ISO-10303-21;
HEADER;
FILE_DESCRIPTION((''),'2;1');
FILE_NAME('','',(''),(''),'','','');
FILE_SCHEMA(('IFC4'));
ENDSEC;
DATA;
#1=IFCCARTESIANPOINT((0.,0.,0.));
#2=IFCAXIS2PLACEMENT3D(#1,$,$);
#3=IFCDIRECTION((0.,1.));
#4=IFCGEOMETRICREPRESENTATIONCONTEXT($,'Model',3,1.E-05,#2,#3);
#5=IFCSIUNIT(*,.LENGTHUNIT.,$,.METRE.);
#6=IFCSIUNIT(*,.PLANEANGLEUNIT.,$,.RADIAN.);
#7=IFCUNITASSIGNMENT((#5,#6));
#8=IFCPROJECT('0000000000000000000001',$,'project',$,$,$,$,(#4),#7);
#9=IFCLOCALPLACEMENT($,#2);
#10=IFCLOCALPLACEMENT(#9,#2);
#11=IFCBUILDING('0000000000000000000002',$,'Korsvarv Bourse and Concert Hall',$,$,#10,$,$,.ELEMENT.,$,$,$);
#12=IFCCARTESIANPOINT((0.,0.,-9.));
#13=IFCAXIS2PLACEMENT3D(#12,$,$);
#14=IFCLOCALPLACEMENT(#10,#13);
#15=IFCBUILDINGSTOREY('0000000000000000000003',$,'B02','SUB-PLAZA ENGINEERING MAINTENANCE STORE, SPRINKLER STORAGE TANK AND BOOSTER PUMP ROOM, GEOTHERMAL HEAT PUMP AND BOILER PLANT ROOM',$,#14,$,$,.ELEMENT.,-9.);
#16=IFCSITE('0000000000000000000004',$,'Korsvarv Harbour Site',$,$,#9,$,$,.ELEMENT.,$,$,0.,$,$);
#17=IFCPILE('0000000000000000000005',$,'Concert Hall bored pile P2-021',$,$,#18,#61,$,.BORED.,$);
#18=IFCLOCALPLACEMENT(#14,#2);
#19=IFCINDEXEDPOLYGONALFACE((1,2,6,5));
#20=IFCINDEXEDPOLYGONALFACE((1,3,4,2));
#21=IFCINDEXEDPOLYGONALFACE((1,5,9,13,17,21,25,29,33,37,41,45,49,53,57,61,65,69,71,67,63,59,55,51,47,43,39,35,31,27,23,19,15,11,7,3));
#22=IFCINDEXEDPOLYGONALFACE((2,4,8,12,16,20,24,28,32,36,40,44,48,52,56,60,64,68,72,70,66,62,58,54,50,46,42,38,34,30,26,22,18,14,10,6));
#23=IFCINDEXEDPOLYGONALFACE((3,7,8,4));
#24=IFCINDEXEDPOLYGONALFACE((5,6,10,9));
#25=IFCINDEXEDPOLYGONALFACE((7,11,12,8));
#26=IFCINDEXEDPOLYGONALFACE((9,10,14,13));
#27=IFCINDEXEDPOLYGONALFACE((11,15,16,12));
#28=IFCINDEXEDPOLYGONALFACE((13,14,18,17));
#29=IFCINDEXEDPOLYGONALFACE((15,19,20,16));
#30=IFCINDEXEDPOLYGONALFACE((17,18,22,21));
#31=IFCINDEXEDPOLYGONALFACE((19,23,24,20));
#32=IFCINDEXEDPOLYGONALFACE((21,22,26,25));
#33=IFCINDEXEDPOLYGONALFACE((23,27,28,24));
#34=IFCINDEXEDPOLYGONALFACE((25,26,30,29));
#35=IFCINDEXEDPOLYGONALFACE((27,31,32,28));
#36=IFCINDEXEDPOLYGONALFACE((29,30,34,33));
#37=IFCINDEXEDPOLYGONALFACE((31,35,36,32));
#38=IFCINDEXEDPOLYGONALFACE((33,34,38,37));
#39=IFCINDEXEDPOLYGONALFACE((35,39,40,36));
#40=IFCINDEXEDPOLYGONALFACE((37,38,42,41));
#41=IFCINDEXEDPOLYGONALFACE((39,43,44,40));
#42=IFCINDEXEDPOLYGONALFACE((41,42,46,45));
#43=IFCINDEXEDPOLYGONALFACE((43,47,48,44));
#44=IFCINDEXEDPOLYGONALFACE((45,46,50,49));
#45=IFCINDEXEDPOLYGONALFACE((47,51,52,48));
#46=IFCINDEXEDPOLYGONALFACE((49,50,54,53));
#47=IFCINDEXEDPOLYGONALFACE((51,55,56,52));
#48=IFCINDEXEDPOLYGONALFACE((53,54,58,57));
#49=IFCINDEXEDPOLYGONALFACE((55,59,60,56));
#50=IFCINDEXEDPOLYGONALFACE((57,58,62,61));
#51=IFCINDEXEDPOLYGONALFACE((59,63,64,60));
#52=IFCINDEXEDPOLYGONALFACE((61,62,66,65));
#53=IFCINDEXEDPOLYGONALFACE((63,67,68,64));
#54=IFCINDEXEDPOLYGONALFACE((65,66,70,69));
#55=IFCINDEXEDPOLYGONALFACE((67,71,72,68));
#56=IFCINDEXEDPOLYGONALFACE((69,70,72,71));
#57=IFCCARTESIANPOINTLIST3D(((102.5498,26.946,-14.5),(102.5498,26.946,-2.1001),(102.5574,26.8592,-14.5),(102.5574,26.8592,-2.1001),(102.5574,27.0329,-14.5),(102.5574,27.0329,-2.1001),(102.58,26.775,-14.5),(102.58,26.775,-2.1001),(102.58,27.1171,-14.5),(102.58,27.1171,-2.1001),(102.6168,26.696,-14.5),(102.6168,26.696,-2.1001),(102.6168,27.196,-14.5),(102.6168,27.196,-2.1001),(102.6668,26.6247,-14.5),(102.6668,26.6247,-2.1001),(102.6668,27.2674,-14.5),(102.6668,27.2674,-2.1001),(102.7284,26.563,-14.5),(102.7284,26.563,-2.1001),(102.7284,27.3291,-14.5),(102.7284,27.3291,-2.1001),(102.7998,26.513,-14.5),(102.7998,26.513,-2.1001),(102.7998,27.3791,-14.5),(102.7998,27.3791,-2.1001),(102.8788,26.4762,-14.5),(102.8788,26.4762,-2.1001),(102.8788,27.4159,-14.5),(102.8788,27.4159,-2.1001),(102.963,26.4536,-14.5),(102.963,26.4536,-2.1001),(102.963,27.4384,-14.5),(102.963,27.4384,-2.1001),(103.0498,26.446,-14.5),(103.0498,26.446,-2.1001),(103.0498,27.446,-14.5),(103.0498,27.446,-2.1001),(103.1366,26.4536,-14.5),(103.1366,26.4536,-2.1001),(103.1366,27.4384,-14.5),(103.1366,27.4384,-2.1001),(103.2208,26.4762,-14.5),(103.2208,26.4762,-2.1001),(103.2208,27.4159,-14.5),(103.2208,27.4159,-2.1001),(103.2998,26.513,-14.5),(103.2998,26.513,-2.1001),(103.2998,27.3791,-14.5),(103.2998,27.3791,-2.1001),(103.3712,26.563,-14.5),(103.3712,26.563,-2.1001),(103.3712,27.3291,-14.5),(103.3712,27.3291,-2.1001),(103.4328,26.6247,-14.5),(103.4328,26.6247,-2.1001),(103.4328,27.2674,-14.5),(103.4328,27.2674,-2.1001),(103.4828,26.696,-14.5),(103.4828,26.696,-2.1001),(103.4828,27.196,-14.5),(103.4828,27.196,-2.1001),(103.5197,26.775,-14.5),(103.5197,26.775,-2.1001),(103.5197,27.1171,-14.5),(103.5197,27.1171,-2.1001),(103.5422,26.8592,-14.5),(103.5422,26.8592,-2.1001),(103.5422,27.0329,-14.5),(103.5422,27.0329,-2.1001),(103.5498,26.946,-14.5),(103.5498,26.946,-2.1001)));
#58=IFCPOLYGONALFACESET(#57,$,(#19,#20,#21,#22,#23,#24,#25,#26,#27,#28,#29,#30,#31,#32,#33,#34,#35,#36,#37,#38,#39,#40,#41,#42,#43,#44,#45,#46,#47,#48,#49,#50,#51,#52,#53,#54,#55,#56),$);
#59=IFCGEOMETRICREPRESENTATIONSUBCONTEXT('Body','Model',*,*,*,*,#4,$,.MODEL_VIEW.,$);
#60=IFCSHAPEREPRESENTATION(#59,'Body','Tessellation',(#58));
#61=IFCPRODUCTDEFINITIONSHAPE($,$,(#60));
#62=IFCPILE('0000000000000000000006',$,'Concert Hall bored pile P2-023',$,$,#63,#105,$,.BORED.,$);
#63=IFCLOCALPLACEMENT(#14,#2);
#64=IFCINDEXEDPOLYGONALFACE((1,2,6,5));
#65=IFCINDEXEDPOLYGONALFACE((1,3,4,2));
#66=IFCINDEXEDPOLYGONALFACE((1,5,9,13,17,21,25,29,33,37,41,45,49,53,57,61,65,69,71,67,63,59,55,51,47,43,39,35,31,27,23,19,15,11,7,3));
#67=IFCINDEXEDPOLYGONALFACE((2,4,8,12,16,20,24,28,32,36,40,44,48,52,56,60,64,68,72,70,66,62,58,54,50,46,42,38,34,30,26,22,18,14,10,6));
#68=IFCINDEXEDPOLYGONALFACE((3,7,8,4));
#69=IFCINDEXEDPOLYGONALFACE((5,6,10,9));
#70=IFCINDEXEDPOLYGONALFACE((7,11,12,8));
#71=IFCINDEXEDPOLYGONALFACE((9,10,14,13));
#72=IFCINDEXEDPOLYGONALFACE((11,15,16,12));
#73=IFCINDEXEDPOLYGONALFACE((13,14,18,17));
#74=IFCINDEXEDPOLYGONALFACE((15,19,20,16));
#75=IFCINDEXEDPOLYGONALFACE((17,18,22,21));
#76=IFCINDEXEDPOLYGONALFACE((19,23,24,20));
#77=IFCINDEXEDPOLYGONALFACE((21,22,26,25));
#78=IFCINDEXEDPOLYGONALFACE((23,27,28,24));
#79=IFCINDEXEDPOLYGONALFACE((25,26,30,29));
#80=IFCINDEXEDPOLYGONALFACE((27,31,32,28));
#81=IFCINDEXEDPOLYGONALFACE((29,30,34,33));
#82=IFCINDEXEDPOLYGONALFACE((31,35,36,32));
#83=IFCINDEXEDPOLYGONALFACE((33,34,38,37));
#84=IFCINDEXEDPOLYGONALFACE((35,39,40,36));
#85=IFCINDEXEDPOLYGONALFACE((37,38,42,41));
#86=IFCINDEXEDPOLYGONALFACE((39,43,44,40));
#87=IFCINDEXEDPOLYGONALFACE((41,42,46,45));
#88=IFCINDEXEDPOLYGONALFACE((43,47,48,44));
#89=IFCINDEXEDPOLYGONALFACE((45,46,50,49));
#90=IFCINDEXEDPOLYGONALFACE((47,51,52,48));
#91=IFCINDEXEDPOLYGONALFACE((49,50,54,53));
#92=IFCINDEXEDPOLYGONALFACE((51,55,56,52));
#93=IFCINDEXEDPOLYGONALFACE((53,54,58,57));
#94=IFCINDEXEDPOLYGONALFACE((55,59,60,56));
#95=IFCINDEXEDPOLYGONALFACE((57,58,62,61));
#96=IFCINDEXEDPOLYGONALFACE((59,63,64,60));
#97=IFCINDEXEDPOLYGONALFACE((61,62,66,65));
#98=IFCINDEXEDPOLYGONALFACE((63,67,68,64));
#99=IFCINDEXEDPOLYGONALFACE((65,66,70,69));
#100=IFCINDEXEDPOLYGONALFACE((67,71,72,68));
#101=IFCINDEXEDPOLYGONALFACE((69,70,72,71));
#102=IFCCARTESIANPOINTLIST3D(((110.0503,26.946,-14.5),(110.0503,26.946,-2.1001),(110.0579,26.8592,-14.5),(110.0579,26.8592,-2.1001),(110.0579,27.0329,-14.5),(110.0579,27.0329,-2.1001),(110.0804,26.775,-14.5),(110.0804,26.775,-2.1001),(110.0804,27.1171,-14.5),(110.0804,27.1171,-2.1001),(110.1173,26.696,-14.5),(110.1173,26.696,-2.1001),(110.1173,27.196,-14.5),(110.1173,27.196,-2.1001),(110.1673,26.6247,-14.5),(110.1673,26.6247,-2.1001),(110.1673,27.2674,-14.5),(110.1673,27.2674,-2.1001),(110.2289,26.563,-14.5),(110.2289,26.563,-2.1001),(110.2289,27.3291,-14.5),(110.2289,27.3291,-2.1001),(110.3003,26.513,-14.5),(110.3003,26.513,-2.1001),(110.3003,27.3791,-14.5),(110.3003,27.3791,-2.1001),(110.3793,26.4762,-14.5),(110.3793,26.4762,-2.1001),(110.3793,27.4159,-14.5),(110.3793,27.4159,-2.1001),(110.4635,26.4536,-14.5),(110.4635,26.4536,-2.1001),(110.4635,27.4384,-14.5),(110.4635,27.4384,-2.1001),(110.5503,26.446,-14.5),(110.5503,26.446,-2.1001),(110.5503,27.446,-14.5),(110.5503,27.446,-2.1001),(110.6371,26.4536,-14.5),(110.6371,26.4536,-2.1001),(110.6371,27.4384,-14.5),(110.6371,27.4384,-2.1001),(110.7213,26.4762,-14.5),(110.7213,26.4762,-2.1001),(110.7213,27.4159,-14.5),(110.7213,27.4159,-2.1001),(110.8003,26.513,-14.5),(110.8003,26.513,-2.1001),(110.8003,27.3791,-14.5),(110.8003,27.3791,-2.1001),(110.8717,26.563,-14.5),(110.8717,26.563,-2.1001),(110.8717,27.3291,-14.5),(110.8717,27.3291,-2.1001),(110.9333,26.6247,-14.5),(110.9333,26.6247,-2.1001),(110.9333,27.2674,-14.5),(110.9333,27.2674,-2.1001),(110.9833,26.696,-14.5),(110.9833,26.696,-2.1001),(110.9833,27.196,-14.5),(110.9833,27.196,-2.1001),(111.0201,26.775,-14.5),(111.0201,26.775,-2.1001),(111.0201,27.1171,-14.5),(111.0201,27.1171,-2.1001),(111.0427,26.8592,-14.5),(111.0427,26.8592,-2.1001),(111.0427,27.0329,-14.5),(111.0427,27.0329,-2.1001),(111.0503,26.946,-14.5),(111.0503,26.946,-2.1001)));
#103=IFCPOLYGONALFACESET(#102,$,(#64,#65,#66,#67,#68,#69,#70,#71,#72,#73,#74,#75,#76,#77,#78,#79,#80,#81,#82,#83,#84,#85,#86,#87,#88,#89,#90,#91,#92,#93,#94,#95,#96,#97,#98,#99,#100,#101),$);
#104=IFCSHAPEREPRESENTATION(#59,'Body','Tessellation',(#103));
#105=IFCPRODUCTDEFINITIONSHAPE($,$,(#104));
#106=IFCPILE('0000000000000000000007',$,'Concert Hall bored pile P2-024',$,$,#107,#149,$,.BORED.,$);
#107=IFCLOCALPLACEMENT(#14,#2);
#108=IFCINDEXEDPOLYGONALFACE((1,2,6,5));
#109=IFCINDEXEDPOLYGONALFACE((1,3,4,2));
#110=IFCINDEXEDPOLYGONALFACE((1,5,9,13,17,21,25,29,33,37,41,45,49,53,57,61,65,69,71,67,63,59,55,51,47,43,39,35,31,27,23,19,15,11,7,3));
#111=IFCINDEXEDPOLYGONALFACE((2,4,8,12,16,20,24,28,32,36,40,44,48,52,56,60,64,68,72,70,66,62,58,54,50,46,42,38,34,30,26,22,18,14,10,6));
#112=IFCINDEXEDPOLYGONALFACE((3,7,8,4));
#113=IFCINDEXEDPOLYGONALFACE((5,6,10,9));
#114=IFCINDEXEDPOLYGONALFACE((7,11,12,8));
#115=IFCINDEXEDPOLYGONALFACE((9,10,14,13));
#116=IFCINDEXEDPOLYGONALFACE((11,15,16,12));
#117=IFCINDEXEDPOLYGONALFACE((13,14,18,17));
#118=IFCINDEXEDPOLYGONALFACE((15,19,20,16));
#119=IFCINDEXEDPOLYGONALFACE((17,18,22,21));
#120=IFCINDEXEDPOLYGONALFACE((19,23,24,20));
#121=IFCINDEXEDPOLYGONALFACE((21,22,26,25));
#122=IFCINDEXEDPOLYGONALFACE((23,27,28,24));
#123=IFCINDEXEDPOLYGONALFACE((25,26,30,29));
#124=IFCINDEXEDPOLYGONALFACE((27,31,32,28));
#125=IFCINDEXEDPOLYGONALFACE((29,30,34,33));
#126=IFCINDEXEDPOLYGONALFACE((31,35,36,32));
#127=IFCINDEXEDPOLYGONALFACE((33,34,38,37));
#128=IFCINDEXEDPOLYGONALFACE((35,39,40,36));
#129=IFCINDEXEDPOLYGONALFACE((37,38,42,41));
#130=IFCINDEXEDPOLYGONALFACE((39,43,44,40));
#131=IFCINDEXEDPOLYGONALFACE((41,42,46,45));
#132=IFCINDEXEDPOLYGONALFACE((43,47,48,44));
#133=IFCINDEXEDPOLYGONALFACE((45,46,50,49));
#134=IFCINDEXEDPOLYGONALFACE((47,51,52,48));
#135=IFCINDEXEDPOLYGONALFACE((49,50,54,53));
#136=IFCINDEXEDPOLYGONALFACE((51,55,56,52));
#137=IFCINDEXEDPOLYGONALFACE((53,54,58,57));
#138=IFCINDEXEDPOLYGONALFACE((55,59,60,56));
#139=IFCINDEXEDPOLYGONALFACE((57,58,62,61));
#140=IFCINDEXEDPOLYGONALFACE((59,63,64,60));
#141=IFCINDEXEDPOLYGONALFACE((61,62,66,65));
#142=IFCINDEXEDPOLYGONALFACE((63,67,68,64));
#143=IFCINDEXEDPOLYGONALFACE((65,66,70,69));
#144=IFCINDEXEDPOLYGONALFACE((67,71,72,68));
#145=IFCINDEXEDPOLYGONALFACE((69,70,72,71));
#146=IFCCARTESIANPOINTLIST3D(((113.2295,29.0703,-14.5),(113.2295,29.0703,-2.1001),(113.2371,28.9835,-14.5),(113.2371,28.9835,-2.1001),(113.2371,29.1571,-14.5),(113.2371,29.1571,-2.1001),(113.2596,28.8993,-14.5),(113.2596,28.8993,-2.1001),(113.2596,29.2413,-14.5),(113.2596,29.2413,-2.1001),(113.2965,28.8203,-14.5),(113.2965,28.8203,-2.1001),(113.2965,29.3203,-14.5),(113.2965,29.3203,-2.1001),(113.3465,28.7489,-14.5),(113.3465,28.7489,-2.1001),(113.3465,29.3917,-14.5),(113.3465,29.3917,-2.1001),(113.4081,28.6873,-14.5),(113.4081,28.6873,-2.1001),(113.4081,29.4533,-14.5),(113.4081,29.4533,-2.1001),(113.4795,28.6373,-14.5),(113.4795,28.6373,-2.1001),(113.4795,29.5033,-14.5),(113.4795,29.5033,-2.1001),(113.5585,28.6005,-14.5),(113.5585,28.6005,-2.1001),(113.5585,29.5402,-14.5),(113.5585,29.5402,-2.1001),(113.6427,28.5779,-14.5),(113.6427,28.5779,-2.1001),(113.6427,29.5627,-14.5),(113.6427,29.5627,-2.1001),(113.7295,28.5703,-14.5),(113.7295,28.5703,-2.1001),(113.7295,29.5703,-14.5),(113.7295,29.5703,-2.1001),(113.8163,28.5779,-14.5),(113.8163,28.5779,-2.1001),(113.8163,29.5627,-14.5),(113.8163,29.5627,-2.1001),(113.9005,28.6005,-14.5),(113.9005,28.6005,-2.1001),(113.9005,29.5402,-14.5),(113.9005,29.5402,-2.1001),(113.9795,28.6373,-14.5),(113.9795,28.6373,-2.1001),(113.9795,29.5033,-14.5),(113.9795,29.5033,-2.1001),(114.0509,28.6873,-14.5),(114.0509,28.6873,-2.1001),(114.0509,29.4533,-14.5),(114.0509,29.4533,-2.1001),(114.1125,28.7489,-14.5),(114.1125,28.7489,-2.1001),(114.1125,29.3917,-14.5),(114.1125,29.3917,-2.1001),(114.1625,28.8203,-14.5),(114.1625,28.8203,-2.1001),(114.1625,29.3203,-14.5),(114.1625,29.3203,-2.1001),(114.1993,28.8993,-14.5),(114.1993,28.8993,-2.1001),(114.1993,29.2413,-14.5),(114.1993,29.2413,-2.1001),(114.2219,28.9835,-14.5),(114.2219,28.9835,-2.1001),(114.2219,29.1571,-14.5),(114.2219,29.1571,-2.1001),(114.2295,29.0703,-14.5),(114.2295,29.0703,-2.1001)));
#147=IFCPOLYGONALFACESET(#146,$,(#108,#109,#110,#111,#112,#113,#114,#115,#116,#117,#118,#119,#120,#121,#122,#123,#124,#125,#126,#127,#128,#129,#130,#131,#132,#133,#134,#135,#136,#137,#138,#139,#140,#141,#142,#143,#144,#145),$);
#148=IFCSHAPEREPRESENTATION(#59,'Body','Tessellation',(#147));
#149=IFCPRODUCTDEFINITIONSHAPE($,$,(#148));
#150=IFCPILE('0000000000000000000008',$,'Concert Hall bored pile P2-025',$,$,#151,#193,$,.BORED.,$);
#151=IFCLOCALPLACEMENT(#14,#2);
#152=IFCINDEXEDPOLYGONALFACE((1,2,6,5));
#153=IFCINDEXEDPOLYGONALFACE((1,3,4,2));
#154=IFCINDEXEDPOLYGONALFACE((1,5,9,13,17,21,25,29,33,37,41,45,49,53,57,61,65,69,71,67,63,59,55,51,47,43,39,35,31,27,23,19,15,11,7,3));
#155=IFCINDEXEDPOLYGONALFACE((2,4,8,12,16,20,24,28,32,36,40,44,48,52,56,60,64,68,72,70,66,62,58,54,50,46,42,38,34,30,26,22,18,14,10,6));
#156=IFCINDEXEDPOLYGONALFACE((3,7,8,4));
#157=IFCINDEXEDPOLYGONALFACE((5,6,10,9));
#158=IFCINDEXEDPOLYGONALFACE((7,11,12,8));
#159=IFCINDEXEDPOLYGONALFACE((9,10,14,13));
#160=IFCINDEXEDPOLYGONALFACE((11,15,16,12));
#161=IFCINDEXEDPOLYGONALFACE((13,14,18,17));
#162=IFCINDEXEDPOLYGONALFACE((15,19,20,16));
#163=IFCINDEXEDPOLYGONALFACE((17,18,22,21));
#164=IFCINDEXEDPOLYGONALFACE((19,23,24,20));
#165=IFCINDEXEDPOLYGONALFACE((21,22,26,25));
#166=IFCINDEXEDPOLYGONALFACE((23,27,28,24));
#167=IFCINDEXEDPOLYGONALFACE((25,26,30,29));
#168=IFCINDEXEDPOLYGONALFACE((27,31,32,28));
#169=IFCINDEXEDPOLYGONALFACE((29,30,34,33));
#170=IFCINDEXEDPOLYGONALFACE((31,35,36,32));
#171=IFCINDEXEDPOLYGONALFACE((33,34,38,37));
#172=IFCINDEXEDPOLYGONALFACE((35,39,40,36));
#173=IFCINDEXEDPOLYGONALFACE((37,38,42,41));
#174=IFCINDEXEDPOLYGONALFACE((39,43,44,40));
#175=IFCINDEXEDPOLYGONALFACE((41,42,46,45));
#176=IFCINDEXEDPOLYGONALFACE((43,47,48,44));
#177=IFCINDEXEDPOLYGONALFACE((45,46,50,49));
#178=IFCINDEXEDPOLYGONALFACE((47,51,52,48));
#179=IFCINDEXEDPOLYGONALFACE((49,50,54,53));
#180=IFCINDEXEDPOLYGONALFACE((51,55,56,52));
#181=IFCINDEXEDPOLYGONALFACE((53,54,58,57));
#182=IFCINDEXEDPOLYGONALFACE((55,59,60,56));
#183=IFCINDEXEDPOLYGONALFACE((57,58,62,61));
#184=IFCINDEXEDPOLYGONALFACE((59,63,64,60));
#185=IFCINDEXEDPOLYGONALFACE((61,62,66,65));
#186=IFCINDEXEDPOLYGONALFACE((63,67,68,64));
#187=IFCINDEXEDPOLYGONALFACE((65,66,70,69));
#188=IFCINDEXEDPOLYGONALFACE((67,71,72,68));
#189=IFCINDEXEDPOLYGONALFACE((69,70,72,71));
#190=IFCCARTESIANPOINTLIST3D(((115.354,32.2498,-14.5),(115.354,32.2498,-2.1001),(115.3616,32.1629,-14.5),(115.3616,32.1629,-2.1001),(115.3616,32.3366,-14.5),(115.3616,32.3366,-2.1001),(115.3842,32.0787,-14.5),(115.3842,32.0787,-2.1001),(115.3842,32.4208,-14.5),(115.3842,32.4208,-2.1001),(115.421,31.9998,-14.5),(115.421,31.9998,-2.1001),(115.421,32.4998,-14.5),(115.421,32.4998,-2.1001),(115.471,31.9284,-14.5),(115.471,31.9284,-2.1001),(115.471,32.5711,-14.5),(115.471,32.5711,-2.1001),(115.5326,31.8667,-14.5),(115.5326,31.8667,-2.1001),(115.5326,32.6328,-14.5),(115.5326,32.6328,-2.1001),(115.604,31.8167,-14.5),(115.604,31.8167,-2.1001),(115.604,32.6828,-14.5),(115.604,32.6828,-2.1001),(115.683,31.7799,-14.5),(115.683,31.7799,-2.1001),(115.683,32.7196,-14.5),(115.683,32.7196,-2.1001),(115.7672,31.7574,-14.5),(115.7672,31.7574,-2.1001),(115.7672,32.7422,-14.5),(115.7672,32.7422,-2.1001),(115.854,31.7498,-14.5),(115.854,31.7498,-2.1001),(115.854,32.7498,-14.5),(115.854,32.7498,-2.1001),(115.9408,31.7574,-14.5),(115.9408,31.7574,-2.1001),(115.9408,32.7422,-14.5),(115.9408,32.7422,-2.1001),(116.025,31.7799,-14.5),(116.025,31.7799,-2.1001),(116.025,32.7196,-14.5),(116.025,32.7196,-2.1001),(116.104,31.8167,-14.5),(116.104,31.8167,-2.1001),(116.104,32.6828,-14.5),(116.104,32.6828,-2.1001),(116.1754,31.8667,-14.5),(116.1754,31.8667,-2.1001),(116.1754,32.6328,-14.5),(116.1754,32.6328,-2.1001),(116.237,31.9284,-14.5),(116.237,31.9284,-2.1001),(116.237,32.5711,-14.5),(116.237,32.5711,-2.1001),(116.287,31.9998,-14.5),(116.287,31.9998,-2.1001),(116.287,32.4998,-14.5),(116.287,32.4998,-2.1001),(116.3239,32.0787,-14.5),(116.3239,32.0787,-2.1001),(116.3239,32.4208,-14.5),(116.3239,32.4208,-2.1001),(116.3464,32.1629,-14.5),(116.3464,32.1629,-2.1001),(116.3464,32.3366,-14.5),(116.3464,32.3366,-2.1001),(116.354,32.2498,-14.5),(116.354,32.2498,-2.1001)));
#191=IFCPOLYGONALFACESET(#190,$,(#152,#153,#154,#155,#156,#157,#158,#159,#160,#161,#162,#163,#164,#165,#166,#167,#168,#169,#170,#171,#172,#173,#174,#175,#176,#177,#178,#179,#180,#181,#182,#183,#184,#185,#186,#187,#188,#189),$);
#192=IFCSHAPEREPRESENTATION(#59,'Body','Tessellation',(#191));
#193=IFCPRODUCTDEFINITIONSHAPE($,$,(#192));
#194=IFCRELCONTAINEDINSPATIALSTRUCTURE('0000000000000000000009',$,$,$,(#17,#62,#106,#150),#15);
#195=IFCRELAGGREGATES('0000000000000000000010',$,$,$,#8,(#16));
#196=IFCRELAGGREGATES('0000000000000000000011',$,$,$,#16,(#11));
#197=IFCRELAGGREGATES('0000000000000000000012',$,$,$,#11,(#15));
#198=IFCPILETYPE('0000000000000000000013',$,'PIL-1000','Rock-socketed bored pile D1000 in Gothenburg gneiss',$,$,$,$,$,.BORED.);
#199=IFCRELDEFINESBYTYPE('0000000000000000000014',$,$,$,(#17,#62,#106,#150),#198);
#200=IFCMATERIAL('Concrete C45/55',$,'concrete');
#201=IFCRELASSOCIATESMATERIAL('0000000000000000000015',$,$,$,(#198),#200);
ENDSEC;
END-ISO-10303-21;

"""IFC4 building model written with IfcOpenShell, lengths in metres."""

from ifc_helpers import new_model, si_unit, direction, frame, origin, origin_2d, place, context, subcontext, project, spatial, circle, extrude, source, transform, mapped, material, material_profile, profile_set, type_object, element, save


model = new_model("IFC4")

# Units and contexts
model_context = context("Model", 3, precision=1e-05, world=origin(), true_north=direction((0.0, 1.0)))
body_context = subcontext(model_context, "Body", "Model", "MODEL_VIEW")
ifc_project = project(units=[si_unit("LENGTHUNIT", "METRE"), si_unit("PLANEANGLEUNIT", "RADIAN")], contexts=[model_context])

# Site, building, storey
site_placement = place(None, origin())
site = spatial("IfcSite", under=ifc_project, at=site_placement, Name="Korsvarv Harbour Site", CompositionType="ELEMENT", RefElevation=0.0)
building_placement = place(site_placement, origin())
building = spatial("IfcBuilding", under=site, at=building_placement, Name="Korsvarv Bourse and Concert Hall", CompositionType="ELEMENT")
storey_placement = place(building_placement, frame((0.0, 0.0, -9.0)))
storey = spatial("IfcBuildingStorey", under=building, at=storey_placement, Name="B02", Description="SUB-PLAZA ENGINEERING MAINTENANCE STORE, SPRINKLER STORAGE TANK AND BOOSTER PUMP ROOM, GEOTHERMAL HEAT PUMP AND BOILER PLANT ROOM", CompositionType="ELEMENT", Elevation=-9.0)

# Piles
ifc_material_1 = material(Name="Concrete C45/55", Category="concrete")
ifc_material_profile_1 = material_profile(ifc_material_1, circle(Radius=0.5, at=origin_2d()), Name="PILE D1000")
ifc_profile_set_1 = profile_set([ifc_material_profile_1], Name="Concrete C45/55")
pile_type = type_object("IfcPileType", Name="PIL-1000", Description="Rock-socketed bored pile D1000 in Gothenburg gneiss", PredefinedType="BORED", material=ifc_profile_set_1)
shared_shape_1 = source(origin(), body_context, "Body", "SweptSolid", [
    extrude(circle(Radius=0.5, at=origin_2d()), origin(), (0.0, 0.0, 1.0), 12.3999),
])
for number, where, z_axis, x_axis, name in (
    (1, (103.0498, 26.946, -2.1001), (0.0, 0.0, -1.0), (1.0, 0.0, 0.0), "Concert Hall bored pile P2-021"),
    (2, (110.5503, 26.946, -2.1001), (0.0, 0.0, -1.0), (1.0, 0.0, 0.0), "Concert Hall bored pile P2-023"),
    (3, (113.7295, 29.0703, -2.1001), (0.0, 0.0, -1.0), (1.0, 0.0, 0.0), "Concert Hall bored pile P2-024"),
    (4, (115.854, 32.2498, -2.1001), (0.0, 0.0, -1.0), (1.0, 0.0, 0.0), "Concert Hall bored pile P2-025"),
):
    element("IfcPile", number, at=place(storey_placement, frame(where, z_axis=z_axis, x_axis=x_axis)), inside=storey, type_object=pile_type, Name=name, PredefinedType="BORED", context=body_context, shape_type="MappedRepresentation", body=[
        mapped(shared_shape_1, transform((0.0, 0.0, 0.0), scale=1.0)),
    ])

save(model, "model.ifc")
